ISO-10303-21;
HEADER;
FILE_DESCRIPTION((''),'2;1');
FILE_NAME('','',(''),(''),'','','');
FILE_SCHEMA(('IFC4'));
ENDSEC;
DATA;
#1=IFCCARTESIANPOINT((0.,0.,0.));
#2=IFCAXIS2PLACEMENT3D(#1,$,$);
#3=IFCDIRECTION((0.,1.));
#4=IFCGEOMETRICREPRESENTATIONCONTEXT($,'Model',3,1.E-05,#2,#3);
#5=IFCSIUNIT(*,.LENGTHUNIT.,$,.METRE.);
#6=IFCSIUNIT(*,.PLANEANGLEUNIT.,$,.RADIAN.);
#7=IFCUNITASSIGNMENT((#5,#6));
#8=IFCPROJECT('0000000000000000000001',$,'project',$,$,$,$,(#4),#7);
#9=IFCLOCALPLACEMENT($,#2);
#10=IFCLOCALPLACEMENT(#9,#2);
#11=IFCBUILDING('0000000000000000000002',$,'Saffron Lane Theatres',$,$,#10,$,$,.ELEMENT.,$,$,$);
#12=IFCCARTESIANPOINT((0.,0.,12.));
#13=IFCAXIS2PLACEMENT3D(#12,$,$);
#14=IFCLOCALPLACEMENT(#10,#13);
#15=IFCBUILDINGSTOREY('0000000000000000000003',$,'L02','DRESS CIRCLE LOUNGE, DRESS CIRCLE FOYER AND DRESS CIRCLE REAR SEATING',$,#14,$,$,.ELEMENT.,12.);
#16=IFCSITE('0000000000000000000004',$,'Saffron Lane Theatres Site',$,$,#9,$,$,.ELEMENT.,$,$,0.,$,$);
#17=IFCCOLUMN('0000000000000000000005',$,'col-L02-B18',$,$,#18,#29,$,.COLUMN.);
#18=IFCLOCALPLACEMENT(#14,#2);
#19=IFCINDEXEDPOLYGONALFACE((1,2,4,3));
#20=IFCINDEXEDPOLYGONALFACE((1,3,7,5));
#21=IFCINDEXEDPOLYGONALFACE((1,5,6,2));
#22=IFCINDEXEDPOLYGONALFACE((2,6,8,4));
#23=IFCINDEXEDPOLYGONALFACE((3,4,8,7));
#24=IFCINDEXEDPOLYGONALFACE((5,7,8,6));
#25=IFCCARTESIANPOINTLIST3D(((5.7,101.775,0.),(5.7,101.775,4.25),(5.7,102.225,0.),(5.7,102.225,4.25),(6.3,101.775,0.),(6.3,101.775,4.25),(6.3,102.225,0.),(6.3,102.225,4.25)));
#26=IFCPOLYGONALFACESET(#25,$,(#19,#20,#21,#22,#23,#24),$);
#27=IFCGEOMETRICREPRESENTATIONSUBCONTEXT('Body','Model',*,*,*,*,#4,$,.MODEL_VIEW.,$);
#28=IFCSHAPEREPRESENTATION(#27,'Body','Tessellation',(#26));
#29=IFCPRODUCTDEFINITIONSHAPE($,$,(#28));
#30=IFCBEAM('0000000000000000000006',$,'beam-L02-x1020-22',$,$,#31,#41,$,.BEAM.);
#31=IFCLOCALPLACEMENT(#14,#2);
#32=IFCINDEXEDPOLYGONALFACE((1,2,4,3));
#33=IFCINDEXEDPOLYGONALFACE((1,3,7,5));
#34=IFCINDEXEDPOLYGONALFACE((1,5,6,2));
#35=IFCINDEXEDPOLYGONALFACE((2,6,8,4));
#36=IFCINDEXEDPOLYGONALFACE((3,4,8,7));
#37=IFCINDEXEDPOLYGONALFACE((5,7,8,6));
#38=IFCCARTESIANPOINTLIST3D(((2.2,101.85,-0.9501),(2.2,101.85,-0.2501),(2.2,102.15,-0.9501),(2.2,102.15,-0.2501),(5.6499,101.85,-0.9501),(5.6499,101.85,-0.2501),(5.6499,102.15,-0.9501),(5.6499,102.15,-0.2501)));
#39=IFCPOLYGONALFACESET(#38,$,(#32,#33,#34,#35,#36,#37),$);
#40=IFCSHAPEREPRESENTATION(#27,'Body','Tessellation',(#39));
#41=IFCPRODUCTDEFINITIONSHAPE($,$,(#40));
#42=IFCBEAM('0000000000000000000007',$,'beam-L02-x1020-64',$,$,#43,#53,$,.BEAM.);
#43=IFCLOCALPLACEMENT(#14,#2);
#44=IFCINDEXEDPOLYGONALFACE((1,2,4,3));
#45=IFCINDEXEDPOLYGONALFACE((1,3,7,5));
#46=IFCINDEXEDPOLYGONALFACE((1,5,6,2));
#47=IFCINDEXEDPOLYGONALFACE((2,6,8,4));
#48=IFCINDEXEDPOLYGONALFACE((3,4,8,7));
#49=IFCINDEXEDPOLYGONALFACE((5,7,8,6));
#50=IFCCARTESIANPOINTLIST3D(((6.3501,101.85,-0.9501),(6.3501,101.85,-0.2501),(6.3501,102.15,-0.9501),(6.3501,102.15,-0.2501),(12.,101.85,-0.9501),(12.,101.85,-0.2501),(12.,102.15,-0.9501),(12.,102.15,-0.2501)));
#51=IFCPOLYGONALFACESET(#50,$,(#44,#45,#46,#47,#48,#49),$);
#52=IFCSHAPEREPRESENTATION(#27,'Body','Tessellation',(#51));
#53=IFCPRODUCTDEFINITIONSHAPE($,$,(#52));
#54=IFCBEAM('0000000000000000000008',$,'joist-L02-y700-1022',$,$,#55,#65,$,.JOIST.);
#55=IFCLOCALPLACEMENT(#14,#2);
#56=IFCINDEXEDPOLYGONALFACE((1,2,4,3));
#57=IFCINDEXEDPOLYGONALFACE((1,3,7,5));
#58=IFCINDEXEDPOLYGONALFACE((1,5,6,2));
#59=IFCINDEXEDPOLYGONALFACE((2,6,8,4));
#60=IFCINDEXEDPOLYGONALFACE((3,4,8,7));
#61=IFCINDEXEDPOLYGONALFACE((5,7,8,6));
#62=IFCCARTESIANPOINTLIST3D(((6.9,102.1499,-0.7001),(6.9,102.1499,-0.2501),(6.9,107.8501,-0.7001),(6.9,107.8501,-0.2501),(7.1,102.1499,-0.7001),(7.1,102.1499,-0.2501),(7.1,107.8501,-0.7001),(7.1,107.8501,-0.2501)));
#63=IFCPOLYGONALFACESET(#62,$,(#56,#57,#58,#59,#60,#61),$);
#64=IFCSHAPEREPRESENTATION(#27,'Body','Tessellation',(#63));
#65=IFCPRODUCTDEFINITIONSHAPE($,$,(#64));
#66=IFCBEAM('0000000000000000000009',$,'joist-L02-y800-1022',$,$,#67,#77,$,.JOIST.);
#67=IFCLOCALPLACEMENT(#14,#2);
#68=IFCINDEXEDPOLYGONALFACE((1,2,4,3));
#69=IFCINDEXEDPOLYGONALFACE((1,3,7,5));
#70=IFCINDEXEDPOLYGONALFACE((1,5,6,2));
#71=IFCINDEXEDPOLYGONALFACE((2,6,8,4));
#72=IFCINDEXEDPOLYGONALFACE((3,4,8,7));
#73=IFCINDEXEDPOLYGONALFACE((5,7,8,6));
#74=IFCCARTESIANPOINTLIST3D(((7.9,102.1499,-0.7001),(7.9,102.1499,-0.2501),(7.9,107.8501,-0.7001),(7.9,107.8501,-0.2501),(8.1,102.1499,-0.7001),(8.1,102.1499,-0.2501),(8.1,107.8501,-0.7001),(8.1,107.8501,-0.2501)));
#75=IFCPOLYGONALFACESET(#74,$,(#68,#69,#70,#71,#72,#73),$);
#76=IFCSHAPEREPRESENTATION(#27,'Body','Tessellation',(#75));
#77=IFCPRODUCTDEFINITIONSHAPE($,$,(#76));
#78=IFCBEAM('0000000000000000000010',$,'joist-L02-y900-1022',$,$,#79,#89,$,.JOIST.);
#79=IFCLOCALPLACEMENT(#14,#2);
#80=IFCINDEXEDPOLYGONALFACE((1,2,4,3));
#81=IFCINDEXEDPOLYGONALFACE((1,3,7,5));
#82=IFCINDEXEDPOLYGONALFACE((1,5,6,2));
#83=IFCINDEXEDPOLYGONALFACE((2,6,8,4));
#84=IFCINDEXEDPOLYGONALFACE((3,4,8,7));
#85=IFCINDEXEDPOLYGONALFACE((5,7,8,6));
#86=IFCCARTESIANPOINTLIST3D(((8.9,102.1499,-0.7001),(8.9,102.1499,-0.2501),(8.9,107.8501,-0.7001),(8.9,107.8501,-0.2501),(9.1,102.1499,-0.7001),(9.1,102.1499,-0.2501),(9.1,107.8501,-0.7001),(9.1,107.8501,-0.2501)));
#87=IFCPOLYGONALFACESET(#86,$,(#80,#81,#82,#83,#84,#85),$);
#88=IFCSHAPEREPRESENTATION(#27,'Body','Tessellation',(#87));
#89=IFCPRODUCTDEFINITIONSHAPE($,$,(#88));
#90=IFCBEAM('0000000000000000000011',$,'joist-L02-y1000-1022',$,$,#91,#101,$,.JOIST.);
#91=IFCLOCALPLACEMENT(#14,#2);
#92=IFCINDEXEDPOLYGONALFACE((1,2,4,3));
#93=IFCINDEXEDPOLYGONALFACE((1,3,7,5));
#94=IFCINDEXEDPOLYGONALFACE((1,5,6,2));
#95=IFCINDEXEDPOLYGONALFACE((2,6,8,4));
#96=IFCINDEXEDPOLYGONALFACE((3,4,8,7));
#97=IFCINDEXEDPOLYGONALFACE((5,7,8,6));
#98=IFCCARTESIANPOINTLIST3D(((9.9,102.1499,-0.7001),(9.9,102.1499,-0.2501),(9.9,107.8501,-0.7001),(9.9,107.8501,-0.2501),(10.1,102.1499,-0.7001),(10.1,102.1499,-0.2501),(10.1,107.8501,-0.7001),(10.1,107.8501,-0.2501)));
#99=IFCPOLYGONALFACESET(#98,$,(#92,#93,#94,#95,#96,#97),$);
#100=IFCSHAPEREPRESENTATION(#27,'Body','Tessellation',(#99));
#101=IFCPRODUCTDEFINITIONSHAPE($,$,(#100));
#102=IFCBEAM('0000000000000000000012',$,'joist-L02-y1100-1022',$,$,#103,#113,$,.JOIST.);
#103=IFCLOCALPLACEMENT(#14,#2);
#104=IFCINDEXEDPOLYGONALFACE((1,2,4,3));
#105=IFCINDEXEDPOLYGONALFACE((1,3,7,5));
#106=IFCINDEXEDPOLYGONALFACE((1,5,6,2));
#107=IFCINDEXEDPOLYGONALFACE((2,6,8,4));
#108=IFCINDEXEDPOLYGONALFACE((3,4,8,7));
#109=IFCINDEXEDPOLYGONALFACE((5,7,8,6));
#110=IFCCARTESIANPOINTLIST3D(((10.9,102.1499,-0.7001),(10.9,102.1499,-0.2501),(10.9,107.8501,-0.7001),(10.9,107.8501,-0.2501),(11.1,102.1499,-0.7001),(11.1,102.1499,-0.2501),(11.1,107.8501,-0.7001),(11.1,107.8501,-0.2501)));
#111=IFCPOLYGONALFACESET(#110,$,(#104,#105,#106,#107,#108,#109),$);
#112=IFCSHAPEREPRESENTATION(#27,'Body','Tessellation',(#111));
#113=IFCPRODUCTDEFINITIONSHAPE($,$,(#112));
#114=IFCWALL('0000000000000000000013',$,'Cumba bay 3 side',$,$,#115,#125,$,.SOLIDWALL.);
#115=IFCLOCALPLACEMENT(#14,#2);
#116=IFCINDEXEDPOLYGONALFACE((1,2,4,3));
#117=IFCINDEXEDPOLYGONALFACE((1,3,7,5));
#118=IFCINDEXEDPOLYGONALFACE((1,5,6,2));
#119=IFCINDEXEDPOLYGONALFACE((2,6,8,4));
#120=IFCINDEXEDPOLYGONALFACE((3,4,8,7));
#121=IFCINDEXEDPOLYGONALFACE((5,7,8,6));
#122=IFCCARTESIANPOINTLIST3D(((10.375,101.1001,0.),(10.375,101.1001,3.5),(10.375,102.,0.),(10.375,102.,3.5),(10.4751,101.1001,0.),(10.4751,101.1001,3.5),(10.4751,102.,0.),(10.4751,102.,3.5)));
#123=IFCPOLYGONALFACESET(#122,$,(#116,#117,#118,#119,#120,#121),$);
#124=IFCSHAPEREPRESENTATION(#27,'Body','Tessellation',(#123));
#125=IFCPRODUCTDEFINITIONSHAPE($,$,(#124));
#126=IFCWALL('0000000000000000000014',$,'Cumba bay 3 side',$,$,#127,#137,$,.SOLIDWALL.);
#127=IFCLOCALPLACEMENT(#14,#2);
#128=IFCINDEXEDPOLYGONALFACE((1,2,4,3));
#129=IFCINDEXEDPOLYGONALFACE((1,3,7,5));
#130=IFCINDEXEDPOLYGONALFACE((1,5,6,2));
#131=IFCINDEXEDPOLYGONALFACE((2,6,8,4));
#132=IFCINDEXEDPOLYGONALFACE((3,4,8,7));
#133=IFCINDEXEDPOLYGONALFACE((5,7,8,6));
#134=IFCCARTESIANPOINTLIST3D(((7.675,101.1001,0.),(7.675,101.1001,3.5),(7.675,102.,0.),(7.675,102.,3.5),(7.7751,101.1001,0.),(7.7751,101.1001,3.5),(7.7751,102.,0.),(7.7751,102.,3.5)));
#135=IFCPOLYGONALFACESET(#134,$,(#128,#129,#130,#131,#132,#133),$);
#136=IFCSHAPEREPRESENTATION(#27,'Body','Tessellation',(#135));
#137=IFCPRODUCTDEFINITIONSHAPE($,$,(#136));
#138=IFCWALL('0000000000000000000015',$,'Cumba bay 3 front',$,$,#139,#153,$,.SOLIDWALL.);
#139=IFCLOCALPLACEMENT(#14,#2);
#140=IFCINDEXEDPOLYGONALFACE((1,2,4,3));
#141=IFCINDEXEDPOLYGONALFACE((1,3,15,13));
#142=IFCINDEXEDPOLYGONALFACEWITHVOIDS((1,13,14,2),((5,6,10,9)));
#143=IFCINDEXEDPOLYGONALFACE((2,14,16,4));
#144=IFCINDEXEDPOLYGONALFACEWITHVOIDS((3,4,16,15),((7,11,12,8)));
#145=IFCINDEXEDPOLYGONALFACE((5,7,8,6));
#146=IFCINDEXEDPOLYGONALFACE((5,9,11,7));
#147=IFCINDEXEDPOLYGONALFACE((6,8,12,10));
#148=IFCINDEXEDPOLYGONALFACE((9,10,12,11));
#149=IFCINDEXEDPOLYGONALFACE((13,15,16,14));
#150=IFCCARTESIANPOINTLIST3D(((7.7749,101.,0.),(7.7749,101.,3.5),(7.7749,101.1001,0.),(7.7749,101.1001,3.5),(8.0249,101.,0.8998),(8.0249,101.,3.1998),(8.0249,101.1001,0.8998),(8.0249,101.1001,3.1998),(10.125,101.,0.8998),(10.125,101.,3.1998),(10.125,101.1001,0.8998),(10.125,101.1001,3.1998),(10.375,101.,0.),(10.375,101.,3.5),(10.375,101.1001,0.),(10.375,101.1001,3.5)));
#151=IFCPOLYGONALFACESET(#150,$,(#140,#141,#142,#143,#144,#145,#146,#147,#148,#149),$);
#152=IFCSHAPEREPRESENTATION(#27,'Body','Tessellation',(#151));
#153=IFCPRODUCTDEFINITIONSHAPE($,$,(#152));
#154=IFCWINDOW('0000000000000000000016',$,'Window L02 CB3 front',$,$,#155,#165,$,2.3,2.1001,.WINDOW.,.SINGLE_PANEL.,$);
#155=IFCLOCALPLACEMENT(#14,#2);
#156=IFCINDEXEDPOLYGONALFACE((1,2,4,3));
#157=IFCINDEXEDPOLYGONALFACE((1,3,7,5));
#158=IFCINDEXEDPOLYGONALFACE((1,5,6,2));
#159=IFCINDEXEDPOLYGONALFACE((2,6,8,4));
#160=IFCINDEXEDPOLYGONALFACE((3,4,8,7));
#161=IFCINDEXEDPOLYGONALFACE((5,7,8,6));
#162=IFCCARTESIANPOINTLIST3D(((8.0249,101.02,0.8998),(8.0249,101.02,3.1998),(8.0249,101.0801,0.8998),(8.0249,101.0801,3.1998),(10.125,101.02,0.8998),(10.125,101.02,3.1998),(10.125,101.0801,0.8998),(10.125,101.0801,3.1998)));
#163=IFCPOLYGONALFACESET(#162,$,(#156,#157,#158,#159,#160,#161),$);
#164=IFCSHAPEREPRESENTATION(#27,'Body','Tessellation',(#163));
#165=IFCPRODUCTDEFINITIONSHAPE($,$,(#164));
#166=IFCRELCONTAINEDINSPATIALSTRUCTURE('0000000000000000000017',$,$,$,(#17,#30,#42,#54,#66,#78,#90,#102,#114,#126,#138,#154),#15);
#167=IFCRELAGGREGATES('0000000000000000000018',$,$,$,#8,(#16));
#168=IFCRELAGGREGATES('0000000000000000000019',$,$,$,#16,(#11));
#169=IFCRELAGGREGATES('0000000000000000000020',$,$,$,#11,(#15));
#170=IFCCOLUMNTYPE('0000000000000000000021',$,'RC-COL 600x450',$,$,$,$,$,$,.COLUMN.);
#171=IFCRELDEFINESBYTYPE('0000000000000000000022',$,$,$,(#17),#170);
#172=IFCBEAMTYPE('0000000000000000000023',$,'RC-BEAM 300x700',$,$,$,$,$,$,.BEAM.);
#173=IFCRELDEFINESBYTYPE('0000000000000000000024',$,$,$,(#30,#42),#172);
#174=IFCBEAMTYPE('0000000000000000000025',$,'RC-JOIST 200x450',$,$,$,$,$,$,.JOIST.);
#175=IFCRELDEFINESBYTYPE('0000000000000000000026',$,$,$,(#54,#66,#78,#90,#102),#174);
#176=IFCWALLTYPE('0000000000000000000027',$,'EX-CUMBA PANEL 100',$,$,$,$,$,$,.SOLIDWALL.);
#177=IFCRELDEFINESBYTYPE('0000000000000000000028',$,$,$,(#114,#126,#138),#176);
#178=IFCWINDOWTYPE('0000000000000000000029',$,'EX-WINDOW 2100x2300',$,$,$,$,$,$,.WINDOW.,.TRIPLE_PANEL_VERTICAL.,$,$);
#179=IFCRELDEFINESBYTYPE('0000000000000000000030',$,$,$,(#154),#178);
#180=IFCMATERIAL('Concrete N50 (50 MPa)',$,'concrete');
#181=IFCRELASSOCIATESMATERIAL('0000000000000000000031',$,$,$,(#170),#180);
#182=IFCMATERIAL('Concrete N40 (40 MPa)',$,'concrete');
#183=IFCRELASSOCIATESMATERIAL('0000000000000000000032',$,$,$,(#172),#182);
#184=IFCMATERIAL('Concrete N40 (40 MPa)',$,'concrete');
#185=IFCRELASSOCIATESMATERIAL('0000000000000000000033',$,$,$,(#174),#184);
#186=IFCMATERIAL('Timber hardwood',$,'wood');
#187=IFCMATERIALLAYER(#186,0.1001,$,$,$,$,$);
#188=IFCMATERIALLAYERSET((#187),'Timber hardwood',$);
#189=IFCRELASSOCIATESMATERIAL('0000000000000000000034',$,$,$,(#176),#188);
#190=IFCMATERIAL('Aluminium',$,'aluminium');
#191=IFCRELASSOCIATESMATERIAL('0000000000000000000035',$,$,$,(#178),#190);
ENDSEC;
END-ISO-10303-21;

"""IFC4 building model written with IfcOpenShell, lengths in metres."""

from ifc_helpers import new_model, si_unit, direction, frame, frame_2d, origin, origin_2d, place, context, subcontext, project, spatial, rectangle, extrude, material, layer, layer_set, material_profile, profile_set, type_object, element, fill, save


model = new_model("IFC4")

# Units and contexts
model_context = context("Model", 3, precision=1e-05, world=origin(), true_north=direction((0.0, 1.0)))
body_context = subcontext(model_context, "Body", "Model", "MODEL_VIEW")
ifc_project = project(units=[si_unit("LENGTHUNIT", "METRE"), si_unit("PLANEANGLEUNIT", "RADIAN")], contexts=[model_context])

# Site, building, storey
site_placement = place(None, origin())
site = spatial("IfcSite", under=ifc_project, at=site_placement, Name="Saffron Lane Theatres Site", CompositionType="ELEMENT", RefElevation=0.0)
building_placement = place(site_placement, origin())
building = spatial("IfcBuilding", under=site, at=building_placement, Name="Saffron Lane Theatres", CompositionType="ELEMENT")
storey_placement = place(building_placement, frame((0.0, 0.0, 12.0)))
storey = spatial("IfcBuildingStorey", under=building, at=storey_placement, Name="L02", Description="DRESS CIRCLE LOUNGE, DRESS CIRCLE FOYER AND DRESS CIRCLE REAR SEATING", CompositionType="ELEMENT", Elevation=12.0)

# Column
ifc_material_1 = material(Name="Concrete N50 (50 MPa)", Category="concrete")
ifc_material_profile_1 = material_profile(ifc_material_1, rectangle(XDim=0.6001, YDim=0.45, at=origin_2d()))
ifc_profile_set_1 = profile_set([ifc_material_profile_1], Name="Concrete N50 (50 MPa)")
column_type = type_object("IfcColumnType", Name="RC-COL 600x450", PredefinedType="COLUMN", material=ifc_profile_set_1)
column_placement = place(storey_placement, frame((6.0, 102.0, 0.0), z_axis=(0.0, 0.0, 1.0), x_axis=(1.0, 0.0, 0.0)))
element("IfcColumn", 1, at=column_placement, inside=storey, type_object=column_type, Name="col-L02-B18", PredefinedType="COLUMN", context=body_context, shape_type="SweptSolid", body=[
    extrude(rectangle(XDim=0.6001, YDim=0.45, at=origin_2d()), origin(), (0.0, 0.0, 1.0), 4.25),
])

# Beams
ifc_material_2 = material(Name="Concrete N40 (40 MPa)", Category="concrete")
ifc_material_profile_2 = material_profile(ifc_material_2, rectangle(XDim=0.3, YDim=0.7, at=origin_2d()))
ifc_profile_set_2 = profile_set([ifc_material_profile_2], Name="Concrete N40 (40 MPa)")
beam_type_1 = type_object("IfcBeamType", Name="RC-BEAM 300x700", PredefinedType="BEAM", material=ifc_profile_set_2)
beam_1_placement = place(storey_placement, frame((2.2, 102.0, -0.6001), z_axis=(1.0, 0.0, 0.0), x_axis=(0.0, 1.0, 0.0)))
element("IfcBeam", 2, at=beam_1_placement, inside=storey, type_object=beam_type_1, Name="beam-L02-x1020-22", PredefinedType="BEAM", context=body_context, shape_type="SweptSolid", body=[
    extrude(rectangle(XDim=0.3, YDim=0.7, at=origin_2d()), origin(), (0.0, 0.0, 1.0), 3.45),
])
beam_2_placement = place(storey_placement, frame((6.3501, 102.0, -0.6001), z_axis=(1.0, 0.0, 0.0), x_axis=(0.0, 1.0, 0.0)))
element("IfcBeam", 3, at=beam_2_placement, inside=storey, type_object=beam_type_1, Name="beam-L02-x1020-64", PredefinedType="BEAM", context=body_context, shape_type="SweptSolid", body=[
    extrude(rectangle(XDim=0.3, YDim=0.7, at=origin_2d()), origin(), (0.0, 0.0, 1.0), 5.6499),
])
ifc_material_3 = material(Name="Concrete N40 (40 MPa)", Category="concrete")
ifc_material_profile_3 = material_profile(ifc_material_3, rectangle(XDim=0.2, YDim=0.45, at=origin_2d()))
ifc_profile_set_3 = profile_set([ifc_material_profile_3], Name="Concrete N40 (40 MPa)")
beam_type_2 = type_object("IfcBeamType", Name="RC-JOIST 200x450", PredefinedType="JOIST", material=ifc_profile_set_3)
for number, where, z_axis, x_axis, name in (
    (4, (7.0, 102.1499, -0.4751), (0.0, 1.0, 0.0), (-1.0, 0.0, 0.0), "joist-L02-y700-1022"),
    (5, (8.0, 102.1499, -0.4751), (0.0, 1.0, 0.0), (-1.0, 0.0, 0.0), "joist-L02-y800-1022"),
    (6, (9.0, 102.1499, -0.4751), (0.0, 1.0, 0.0), (-1.0, 0.0, 0.0), "joist-L02-y900-1022"),
    (7, (10.0, 102.1499, -0.4751), (0.0, 1.0, 0.0), (-1.0, 0.0, 0.0), "joist-L02-y1000-1022"),
    (8, (11.0, 102.1499, -0.4751), (0.0, 1.0, 0.0), (-1.0, 0.0, 0.0), "joist-L02-y1100-1022"),
):
    element("IfcBeam", number, at=place(storey_placement, frame(where, z_axis=z_axis, x_axis=x_axis)), inside=storey, type_object=beam_type_2, Name=name, PredefinedType="JOIST", context=body_context, shape_type="SweptSolid", body=[
        extrude(rectangle(XDim=0.2, YDim=0.45, at=origin_2d()), origin(), (0.0, 0.0, 1.0), 5.7002),
    ])

# Walls
ifc_material_4 = material(Name="Timber hardwood", Category="wood")
ifc_layer_1 = layer(ifc_material_4, 0.1001)
ifc_layer_set_1 = layer_set([ifc_layer_1], Name="Timber hardwood")
wall_type_1 = type_object("IfcWallType", Name="EX-CUMBA PANEL 100", PredefinedType="SOLIDWALL", material=ifc_layer_set_1)
for number, where, z_axis, x_axis, name in (
    (9, (10.425, 102.0, 0.0), (0.0, 0.0, 1.0), (0.0, -1.0, 0.0), "Cumba bay 3 side"),
    (10, (7.7251, 102.0, 0.0), (0.0, 0.0, 1.0), (0.0, -1.0, 0.0), "Cumba bay 3 side"),
):
    element("IfcWall", number, at=place(storey_placement, frame(where, z_axis=z_axis, x_axis=x_axis)), inside=storey, type_object=wall_type_1, Name=name, PredefinedType="SOLIDWALL", context=body_context, shape_type="SweptSolid", body=[
        extrude(rectangle(XDim=0.8999, YDim=0.1001, at=frame_2d((0.45, 0.0))), origin(), (0.0, 0.0, 1.0), 3.5),
    ])

# Wall, opening, window
wall_1_placement = place(storey_placement, frame((10.375, 101.05, 0.0), z_axis=(0.0, 0.0, 1.0), x_axis=(-1.0, 0.0, 0.0)))
wall_1 = element("IfcWall", 11, at=wall_1_placement, inside=storey, type_object=wall_type_1, Name="Cumba bay 3 front", PredefinedType="SOLIDWALL", context=body_context, shape_type="SweptSolid", body=[
    extrude(rectangle(XDim=2.6001, YDim=0.1001, at=frame_2d((1.3, 0.0))), origin(), (0.0, 0.0, 1.0), 3.5),
])
opening_1_placement = place(wall_1_placement, frame((0.25, 0.0, 0.8999)))
opening_1 = element("IfcOpeningElement", 12, at=opening_1_placement, cuts=wall_1, PredefinedType="OPENING", context=body_context, shape_type="SweptSolid", body=[
    extrude(rectangle(XDim=2.1001, YDim=2.3, at=frame_2d((1.05, 1.1499))), frame((0.0, 0.0601, 0.0), z_axis=(0.0, -1.0, 0.0), x_axis=(1.0, 0.0, 0.0)), (0.0, 0.0, 1.0), 0.1201),
])
ifc_material_5 = material(Name="Aluminium", Category="aluminium")
window_type_1 = type_object("IfcWindowType", Name="EX-WINDOW 2100x2300", PartitioningType="TRIPLE_PANEL_VERTICAL", PredefinedType="WINDOW", material=ifc_material_5)
window_1_placement = place(opening_1_placement, origin())
window_1 = element("IfcWindow", 13, at=window_1_placement, inside=storey, type_object=window_type_1, Name="Window L02 CB3 front", OverallHeight=2.3, OverallWidth=2.1001, PartitioningType="SINGLE_PANEL", PredefinedType="WINDOW", context=body_context, shape_type="SweptSolid", body=[
    extrude(rectangle(XDim=2.1001, YDim=2.3, at=frame_2d((1.05, 1.1499))), frame((0.0, 0.03, 0.0), z_axis=(0.0, -1.0, 0.0), x_axis=(1.0, 0.0, 0.0)), (0.0, 0.0, 1.0), 0.0601),
])
fill(opening_1, window_1)

save(model, "model.ifc")
